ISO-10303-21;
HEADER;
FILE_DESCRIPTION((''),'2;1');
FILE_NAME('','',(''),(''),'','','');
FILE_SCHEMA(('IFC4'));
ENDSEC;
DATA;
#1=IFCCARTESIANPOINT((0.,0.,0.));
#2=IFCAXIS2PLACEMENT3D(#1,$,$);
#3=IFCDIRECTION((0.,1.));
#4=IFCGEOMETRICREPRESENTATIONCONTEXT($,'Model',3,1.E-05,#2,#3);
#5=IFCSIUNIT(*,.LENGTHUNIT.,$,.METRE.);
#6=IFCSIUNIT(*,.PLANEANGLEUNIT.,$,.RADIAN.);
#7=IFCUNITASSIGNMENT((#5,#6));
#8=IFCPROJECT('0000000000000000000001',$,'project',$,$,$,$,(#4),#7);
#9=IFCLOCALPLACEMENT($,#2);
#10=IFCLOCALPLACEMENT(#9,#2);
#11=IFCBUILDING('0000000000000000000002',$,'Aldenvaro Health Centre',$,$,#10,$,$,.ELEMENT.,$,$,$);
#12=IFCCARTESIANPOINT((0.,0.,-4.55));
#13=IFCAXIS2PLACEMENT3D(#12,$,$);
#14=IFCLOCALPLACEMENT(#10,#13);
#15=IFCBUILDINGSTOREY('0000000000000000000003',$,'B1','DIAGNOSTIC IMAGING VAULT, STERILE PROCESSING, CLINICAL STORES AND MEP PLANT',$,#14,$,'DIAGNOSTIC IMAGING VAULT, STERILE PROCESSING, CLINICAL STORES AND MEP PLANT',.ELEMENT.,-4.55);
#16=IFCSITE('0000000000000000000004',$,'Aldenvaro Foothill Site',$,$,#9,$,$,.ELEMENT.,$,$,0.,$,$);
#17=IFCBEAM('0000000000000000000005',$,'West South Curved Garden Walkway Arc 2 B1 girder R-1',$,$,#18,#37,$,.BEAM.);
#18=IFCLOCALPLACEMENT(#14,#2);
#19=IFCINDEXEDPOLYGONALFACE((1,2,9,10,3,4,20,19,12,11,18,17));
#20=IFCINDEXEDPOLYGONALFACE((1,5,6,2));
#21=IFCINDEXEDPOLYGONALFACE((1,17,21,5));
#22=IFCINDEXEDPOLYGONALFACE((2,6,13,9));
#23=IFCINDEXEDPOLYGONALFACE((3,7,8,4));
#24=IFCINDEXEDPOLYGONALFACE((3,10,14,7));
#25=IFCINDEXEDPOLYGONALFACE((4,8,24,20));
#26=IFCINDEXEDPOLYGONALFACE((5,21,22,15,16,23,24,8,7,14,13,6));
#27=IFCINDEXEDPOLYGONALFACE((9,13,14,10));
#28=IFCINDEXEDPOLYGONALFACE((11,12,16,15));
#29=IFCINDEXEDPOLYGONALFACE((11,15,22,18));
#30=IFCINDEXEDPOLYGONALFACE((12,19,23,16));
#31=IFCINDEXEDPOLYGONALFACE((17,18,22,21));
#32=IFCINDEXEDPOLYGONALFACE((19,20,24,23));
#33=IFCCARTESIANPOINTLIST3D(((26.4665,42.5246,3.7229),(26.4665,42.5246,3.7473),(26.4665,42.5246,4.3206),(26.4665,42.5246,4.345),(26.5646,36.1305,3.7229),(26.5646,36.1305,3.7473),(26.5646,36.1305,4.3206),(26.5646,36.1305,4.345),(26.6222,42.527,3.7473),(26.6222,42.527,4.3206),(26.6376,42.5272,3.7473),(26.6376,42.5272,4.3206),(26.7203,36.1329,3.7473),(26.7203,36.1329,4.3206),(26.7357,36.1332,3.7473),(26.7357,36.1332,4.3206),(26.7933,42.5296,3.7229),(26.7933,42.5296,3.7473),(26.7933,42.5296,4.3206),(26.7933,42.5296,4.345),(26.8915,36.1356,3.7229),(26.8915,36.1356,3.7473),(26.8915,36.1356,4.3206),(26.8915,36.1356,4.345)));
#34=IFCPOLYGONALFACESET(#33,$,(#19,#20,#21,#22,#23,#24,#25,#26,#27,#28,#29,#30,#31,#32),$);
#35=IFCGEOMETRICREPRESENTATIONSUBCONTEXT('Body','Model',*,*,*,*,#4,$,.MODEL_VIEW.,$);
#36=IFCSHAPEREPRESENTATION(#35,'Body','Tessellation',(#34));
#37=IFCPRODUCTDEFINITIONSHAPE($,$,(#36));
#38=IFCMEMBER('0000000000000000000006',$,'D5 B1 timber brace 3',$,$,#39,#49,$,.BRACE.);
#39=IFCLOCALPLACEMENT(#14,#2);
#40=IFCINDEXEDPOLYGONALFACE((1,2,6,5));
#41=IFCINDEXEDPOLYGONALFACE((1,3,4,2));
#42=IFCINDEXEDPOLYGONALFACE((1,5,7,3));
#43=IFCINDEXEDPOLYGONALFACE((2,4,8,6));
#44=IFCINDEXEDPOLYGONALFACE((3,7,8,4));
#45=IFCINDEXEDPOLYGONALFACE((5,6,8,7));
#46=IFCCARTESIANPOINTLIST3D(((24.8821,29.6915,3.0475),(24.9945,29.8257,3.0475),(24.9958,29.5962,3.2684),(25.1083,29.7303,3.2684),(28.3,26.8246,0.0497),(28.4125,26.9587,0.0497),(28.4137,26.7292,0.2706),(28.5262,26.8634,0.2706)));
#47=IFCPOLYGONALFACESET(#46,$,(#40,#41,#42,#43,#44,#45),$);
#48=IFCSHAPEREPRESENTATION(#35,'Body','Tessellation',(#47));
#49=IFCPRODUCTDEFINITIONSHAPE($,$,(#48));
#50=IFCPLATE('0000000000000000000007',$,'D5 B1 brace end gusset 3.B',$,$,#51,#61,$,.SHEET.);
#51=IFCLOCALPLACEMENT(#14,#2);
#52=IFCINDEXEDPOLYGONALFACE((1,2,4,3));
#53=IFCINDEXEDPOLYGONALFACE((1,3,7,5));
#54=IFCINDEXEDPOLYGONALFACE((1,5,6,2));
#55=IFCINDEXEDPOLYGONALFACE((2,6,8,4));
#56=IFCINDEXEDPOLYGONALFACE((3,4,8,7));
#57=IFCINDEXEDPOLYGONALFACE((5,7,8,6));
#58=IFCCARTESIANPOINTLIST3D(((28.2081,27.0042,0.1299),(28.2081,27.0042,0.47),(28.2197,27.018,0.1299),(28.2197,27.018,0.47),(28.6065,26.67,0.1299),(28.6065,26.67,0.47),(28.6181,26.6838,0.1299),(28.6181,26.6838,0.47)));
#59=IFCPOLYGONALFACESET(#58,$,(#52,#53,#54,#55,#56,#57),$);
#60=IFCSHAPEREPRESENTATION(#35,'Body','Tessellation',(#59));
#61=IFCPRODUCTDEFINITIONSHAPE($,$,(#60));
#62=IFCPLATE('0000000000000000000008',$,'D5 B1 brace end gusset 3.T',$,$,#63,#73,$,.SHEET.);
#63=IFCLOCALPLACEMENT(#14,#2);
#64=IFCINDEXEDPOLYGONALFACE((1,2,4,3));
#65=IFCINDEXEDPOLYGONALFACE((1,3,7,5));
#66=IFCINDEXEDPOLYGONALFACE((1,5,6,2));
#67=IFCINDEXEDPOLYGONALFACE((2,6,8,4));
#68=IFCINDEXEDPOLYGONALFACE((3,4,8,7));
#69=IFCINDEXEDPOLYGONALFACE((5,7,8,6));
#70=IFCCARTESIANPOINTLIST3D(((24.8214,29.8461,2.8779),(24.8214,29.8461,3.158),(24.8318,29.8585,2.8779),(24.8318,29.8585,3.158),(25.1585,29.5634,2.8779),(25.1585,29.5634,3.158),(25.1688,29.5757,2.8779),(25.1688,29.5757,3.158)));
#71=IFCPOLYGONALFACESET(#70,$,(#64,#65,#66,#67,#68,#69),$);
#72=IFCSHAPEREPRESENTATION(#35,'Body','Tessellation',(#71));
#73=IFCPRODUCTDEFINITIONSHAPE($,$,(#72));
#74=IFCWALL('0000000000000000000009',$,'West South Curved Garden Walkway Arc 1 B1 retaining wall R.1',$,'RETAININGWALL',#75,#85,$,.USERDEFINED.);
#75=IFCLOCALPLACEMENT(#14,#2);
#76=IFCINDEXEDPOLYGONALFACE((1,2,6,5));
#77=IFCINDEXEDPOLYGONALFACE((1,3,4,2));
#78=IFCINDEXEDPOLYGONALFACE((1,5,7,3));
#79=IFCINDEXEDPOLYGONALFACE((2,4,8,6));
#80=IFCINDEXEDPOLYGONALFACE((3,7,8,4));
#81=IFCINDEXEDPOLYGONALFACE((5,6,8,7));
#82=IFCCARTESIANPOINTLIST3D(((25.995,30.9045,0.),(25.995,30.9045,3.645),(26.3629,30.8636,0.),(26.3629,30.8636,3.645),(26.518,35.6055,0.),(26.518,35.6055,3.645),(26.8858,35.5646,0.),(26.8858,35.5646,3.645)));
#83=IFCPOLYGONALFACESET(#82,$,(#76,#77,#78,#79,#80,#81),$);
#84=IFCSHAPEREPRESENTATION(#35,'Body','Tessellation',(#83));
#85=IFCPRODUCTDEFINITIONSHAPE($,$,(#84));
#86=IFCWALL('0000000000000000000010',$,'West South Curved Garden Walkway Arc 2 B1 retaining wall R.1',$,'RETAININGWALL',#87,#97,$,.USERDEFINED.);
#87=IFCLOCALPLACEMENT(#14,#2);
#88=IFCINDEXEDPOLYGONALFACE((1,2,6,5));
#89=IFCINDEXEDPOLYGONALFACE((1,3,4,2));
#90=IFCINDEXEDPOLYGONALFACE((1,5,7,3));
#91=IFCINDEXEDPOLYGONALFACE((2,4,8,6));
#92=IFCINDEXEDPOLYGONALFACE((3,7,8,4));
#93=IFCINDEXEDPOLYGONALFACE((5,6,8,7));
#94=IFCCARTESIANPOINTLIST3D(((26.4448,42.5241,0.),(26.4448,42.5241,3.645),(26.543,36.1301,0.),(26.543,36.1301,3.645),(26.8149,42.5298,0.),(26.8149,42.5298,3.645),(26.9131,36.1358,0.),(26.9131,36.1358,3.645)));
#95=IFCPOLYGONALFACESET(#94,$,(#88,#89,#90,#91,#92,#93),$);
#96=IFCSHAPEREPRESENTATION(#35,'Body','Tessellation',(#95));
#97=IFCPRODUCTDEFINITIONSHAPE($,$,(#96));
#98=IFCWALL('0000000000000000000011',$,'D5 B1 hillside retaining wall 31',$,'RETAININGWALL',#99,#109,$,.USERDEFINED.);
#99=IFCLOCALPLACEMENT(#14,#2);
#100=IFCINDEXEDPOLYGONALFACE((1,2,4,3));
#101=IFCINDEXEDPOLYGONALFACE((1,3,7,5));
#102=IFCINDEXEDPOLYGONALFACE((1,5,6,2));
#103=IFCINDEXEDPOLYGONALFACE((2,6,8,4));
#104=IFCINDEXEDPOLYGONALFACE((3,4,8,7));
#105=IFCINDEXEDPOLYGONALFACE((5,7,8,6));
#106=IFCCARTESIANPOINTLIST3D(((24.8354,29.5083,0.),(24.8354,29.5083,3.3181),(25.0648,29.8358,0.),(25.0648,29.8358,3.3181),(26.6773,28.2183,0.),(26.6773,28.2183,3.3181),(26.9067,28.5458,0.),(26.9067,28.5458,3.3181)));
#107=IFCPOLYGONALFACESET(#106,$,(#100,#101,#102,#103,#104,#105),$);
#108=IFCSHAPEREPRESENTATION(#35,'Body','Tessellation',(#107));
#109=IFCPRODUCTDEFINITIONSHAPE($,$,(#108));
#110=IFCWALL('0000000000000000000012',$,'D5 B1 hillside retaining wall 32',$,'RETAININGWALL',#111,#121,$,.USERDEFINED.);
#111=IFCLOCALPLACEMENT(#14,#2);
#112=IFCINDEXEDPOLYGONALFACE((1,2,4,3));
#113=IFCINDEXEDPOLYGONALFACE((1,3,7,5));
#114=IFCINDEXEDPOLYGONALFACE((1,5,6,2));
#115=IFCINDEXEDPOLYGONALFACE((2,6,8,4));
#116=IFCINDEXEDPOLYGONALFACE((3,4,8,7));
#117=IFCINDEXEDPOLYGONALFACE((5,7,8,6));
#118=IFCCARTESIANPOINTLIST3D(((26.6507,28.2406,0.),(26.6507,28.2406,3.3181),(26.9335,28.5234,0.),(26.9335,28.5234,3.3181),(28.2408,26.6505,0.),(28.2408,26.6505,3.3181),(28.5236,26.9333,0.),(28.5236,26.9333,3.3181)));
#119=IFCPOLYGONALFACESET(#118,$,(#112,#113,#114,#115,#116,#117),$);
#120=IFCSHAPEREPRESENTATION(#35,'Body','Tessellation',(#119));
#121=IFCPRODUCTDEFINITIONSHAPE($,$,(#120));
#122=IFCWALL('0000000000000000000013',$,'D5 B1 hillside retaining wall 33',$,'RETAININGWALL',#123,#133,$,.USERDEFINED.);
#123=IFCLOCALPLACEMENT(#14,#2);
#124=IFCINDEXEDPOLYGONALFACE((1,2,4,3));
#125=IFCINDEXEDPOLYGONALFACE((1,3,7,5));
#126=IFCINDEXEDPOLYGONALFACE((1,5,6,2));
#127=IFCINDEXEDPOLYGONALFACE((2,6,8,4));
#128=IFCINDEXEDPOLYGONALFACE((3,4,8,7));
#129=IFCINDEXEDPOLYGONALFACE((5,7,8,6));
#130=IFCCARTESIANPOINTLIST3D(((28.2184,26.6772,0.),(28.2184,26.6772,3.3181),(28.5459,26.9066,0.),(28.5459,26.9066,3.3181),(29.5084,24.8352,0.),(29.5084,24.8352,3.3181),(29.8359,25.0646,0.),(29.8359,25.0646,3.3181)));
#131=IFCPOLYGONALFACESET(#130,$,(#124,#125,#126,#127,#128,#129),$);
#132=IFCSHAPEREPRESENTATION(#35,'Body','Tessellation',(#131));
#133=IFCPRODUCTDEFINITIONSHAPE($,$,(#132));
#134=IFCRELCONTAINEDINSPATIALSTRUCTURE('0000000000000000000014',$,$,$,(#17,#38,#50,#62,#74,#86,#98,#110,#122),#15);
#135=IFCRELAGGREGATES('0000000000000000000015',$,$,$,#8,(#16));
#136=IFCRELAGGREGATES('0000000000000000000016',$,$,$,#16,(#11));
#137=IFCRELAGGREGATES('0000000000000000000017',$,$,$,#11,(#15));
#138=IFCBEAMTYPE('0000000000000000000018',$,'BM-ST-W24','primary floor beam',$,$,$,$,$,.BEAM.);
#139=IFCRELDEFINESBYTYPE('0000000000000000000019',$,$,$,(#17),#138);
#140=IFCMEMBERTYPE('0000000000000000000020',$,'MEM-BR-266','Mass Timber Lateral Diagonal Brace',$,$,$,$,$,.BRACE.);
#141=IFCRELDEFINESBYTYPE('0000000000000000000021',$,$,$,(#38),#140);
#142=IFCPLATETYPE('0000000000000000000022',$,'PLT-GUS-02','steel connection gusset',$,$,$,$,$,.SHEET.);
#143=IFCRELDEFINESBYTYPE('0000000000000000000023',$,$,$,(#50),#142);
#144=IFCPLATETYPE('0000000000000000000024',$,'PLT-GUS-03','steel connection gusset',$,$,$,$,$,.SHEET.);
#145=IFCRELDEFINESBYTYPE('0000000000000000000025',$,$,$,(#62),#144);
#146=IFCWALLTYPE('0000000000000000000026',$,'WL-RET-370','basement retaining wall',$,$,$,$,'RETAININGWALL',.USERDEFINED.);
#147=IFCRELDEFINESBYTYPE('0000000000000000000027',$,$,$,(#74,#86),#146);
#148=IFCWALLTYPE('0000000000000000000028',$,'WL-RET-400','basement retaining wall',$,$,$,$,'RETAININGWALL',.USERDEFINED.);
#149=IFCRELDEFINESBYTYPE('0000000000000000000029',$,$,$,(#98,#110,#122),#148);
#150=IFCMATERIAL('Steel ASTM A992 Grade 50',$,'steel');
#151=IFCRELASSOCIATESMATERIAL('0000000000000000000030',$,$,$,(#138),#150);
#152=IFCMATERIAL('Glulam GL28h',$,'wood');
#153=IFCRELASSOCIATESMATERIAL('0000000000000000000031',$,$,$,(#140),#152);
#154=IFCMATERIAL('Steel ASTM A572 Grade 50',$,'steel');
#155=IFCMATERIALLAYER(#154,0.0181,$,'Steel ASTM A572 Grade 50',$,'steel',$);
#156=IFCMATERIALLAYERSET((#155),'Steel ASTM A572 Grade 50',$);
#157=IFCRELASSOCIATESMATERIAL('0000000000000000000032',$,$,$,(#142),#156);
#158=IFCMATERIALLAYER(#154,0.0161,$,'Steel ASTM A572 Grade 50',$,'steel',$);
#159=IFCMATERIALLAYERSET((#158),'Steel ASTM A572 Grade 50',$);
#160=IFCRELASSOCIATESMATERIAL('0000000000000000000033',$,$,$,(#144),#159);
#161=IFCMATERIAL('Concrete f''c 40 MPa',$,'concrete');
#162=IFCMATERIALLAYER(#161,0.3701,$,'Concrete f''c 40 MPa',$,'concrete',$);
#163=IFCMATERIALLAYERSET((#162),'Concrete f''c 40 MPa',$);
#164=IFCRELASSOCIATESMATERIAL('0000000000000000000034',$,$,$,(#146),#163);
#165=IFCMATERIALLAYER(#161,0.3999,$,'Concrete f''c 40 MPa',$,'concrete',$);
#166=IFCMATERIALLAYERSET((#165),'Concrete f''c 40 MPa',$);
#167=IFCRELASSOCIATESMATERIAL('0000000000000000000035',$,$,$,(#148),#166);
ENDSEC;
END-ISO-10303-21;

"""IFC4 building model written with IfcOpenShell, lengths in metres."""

from ifc_helpers import new_model, si_unit, direction, frame, frame_2d, origin, origin_2d, place, context, subcontext, project, spatial, rectangle, i_section, extrude, material, layer, layer_set, material_profile, profile_set, type_object, element, save


model = new_model("IFC4")

# Units and contexts
model_context = context("Model", 3, precision=1e-05, world=origin(), true_north=direction((0.0, 1.0)))
body_context = subcontext(model_context, "Body", "Model", "MODEL_VIEW")
ifc_project = project(units=[si_unit("LENGTHUNIT", "METRE"), si_unit("PLANEANGLEUNIT", "RADIAN")], contexts=[model_context])

# Site, building, storey
site_placement = place(None, origin())
site = spatial("IfcSite", under=ifc_project, at=site_placement, Name="Aldenvaro Foothill Site", CompositionType="ELEMENT", RefElevation=0.0)
building_placement = place(site_placement, origin())
building = spatial("IfcBuilding", under=site, at=building_placement, Name="Aldenvaro Health Centre", CompositionType="ELEMENT")
storey_placement = place(building_placement, frame((0.0, 0.0, -4.55)))
storey = spatial("IfcBuildingStorey", under=building, at=storey_placement, Name="B1", Description="DIAGNOSTIC IMAGING VAULT, STERILE PROCESSING, CLINICAL STORES AND MEP PLANT", LongName="DIAGNOSTIC IMAGING VAULT, STERILE PROCESSING, CLINICAL STORES AND MEP PLANT", CompositionType="ELEMENT", Elevation=-4.55)

# Shared definitions
ifc_material_1 = material(Name="Concrete f'c 40 MPa", Category="concrete")

# Beam
ifc_material_2 = material(Name="Steel ASTM A992 Grade 50", Category="steel")
ifc_material_profile_1 = material_profile(ifc_material_2, i_section(OverallWidth=0.3269, OverallDepth=0.6221, WebThickness=0.0154, FlangeThickness=0.0244, at=origin_2d()), Name="W24X131", Category="steel")
ifc_profile_set_1 = profile_set([ifc_material_profile_1], Name="Steel ASTM A992 Grade 50")
beam_type_1 = type_object("IfcBeamType", Name="BM-ST-W24", Description="primary floor beam", PredefinedType="BEAM", material=ifc_profile_set_1)
beam_1_placement = place(storey_placement, frame((26.728, 36.1331, 4.0339), z_axis=(-0.015348, 0.999882, 0.0), x_axis=(-0.999882, -0.015348, 0.0)))
element("IfcBeam", 1, at=beam_1_placement, inside=storey, type_object=beam_type_1, Name="West South Curved Garden Walkway Arc 2 B1 girder R-1", PredefinedType="BEAM", context=body_context, shape_type="SweptSolid", body=[
    extrude(i_section(OverallWidth=0.3269, OverallDepth=0.6221, WebThickness=0.0154, FlangeThickness=0.0244, at=origin_2d()), origin(), (0.0, 0.0, 1.0), 6.3948),
])

# Member
ifc_material_3 = material(Name="Glulam GL28h", Category="wood")
ifc_material_profile_2 = material_profile(ifc_material_3, rectangle(XDim=0.175, YDim=0.2661, at=origin_2d()), Name="GL 175x266", Category="wood")
ifc_profile_set_2 = profile_set([ifc_material_profile_2], Name="Glulam GL28h")
member_type = type_object("IfcMemberType", Name="MEM-BR-266", Description="Mass Timber Lateral Diagonal Brace", PredefinedType="BRACE", material=ifc_profile_set_2)
member_placement = place(storey_placement, frame((28.4131, 26.844, 0.1602), z_axis=(-0.635922, 0.533403, 0.557749), x_axis=(-0.642646, -0.766163, 0.0)))
element("IfcMember", 2, at=member_placement, inside=storey, type_object=member_type, Name="D5 B1 timber brace 3", PredefinedType="BRACE", context=body_context, shape_type="SweptSolid", body=[
    extrude(rectangle(XDim=0.175, YDim=0.2661, at=origin_2d()), origin(), (0.0, 0.0, 1.0), 5.3748),
])

# Plates
ifc_material_4 = material(Name="Steel ASTM A572 Grade 50", Category="steel")
ifc_layer_1 = layer(ifc_material_4, 0.0181, Name="Steel ASTM A572 Grade 50", Category="steel")
ifc_layer_set_1 = layer_set([ifc_layer_1], Name="Steel ASTM A572 Grade 50")
plate_type_1 = type_object("IfcPlateType", Name="PLT-GUS-02", Description="steel connection gusset", PredefinedType="SHEET", material=ifc_layer_set_1)
plate_1_placement = place(storey_placement, frame((28.4131, 26.844, 0.1299), z_axis=(0.0, 0.0, 1.0), x_axis=(-0.766157, 0.642654, 0.0)))
element("IfcPlate", 3, at=plate_1_placement, inside=storey, type_object=plate_type_1, Name="D5 B1 brace end gusset 3.B", PredefinedType="SHEET", context=body_context, shape_type="SweptSolid", body=[
    extrude(rectangle(XDim=0.52, YDim=0.0181, at=origin_2d()), origin(), (0.0, 0.0, 1.0), 0.3401),
])
ifc_layer_2 = layer(ifc_material_4, 0.0161, Name="Steel ASTM A572 Grade 50", Category="steel")
ifc_layer_set_2 = layer_set([ifc_layer_2], Name="Steel ASTM A572 Grade 50")
plate_type_2 = type_object("IfcPlateType", Name="PLT-GUS-03", Description="steel connection gusset", PredefinedType="SHEET", material=ifc_layer_set_2)
plate_2_placement = place(storey_placement, frame((24.9951, 29.7109, 2.8779), z_axis=(0.0, 0.0, 1.0), x_axis=(-0.766157, 0.642654, 0.0)))
element("IfcPlate", 4, at=plate_2_placement, inside=storey, type_object=plate_type_2, Name="D5 B1 brace end gusset 3.T", PredefinedType="SHEET", context=body_context, shape_type="SweptSolid", body=[
    extrude(rectangle(XDim=0.4399, YDim=0.0161, at=origin_2d()), origin(), (0.0, 0.0, 1.0), 0.28),
])

# Walls
ifc_layer_3 = layer(ifc_material_1, 0.3701, Name="Concrete f'c 40 MPa", Category="concrete")
ifc_layer_set_3 = layer_set([ifc_layer_3], Name="Concrete f'c 40 MPa")
wall_type_1 = type_object("IfcWallType", Name="WL-RET-370", Description="basement retaining wall", ElementType="RETAININGWALL", PredefinedType="USERDEFINED", material=ifc_layer_set_3)
wall_1_placement = place(storey_placement, frame((26.179, 30.884, 0.0), z_axis=(0.0, 0.0, 1.0), x_axis=(0.110562, 0.993869, 0.0)))
element("IfcWall", 5, at=wall_1_placement, inside=storey, type_object=wall_type_1, Name="West South Curved Garden Walkway Arc 1 B1 retaining wall R.1", ObjectType="RETAININGWALL", PredefinedType="USERDEFINED", context=body_context, shape_type="SweptSolid", body=[
    extrude(rectangle(XDim=4.73, YDim=0.3701, at=frame_2d((2.365, 0.0))), origin(), (0.0, 0.0, 1.0), 3.645),
])
wall_2_placement = place(storey_placement, frame((26.728, 36.1331, 0.0), z_axis=(0.0, 0.0, 1.0), x_axis=(-0.015348, 0.999882, 0.0)))
element("IfcWall", 6, at=wall_2_placement, inside=storey, type_object=wall_type_1, Name="West South Curved Garden Walkway Arc 2 B1 retaining wall R.1", ObjectType="RETAININGWALL", PredefinedType="USERDEFINED", context=body_context, shape_type="SweptSolid", body=[
    extrude(rectangle(XDim=6.3948, YDim=0.3701, at=frame_2d((3.1973, 0.0))), origin(), (0.0, 0.0, 1.0), 3.645),
])
ifc_layer_4 = layer(ifc_material_1, 0.3999, Name="Concrete f'c 40 MPa", Category="concrete")
ifc_layer_set_4 = layer_set([ifc_layer_4], Name="Concrete f'c 40 MPa")
wall_type_2 = type_object("IfcWallType", Name="WL-RET-400", Description="basement retaining wall", ElementType="RETAININGWALL", PredefinedType="USERDEFINED", material=ifc_layer_set_4)
for number, where, z_axis, x_axis, name in (
    (7, (24.95, 29.6721, 0.0), (0.0, 0.0, 1.0), (0.819104, -0.573644, 0.0), "D5 B1 hillside retaining wall 31"),
    (8, (26.792, 28.3821, 0.0), (0.0, 0.0, 1.0), (0.707107, -0.707107, 0.0), "D5 B1 hillside retaining wall 32"),
    (9, (28.3821, 26.792, 0.0), (0.0, 0.0, 1.0), (0.573644, -0.819104, 0.0), "D5 B1 hillside retaining wall 33"),
):
    element("IfcWall", number, at=place(storey_placement, frame(where, z_axis=z_axis, x_axis=x_axis)), inside=storey, type_object=wall_type_2, Name=name, ObjectType="RETAININGWALL", PredefinedType="USERDEFINED", context=body_context, shape_type="SweptSolid", body=[
        extrude(rectangle(XDim=2.2488, YDim=0.3999, at=frame_2d((1.1245, 0.0))), origin(), (0.0, 0.0, 1.0), 3.3181),
    ])

save(model, "model.ifc")
